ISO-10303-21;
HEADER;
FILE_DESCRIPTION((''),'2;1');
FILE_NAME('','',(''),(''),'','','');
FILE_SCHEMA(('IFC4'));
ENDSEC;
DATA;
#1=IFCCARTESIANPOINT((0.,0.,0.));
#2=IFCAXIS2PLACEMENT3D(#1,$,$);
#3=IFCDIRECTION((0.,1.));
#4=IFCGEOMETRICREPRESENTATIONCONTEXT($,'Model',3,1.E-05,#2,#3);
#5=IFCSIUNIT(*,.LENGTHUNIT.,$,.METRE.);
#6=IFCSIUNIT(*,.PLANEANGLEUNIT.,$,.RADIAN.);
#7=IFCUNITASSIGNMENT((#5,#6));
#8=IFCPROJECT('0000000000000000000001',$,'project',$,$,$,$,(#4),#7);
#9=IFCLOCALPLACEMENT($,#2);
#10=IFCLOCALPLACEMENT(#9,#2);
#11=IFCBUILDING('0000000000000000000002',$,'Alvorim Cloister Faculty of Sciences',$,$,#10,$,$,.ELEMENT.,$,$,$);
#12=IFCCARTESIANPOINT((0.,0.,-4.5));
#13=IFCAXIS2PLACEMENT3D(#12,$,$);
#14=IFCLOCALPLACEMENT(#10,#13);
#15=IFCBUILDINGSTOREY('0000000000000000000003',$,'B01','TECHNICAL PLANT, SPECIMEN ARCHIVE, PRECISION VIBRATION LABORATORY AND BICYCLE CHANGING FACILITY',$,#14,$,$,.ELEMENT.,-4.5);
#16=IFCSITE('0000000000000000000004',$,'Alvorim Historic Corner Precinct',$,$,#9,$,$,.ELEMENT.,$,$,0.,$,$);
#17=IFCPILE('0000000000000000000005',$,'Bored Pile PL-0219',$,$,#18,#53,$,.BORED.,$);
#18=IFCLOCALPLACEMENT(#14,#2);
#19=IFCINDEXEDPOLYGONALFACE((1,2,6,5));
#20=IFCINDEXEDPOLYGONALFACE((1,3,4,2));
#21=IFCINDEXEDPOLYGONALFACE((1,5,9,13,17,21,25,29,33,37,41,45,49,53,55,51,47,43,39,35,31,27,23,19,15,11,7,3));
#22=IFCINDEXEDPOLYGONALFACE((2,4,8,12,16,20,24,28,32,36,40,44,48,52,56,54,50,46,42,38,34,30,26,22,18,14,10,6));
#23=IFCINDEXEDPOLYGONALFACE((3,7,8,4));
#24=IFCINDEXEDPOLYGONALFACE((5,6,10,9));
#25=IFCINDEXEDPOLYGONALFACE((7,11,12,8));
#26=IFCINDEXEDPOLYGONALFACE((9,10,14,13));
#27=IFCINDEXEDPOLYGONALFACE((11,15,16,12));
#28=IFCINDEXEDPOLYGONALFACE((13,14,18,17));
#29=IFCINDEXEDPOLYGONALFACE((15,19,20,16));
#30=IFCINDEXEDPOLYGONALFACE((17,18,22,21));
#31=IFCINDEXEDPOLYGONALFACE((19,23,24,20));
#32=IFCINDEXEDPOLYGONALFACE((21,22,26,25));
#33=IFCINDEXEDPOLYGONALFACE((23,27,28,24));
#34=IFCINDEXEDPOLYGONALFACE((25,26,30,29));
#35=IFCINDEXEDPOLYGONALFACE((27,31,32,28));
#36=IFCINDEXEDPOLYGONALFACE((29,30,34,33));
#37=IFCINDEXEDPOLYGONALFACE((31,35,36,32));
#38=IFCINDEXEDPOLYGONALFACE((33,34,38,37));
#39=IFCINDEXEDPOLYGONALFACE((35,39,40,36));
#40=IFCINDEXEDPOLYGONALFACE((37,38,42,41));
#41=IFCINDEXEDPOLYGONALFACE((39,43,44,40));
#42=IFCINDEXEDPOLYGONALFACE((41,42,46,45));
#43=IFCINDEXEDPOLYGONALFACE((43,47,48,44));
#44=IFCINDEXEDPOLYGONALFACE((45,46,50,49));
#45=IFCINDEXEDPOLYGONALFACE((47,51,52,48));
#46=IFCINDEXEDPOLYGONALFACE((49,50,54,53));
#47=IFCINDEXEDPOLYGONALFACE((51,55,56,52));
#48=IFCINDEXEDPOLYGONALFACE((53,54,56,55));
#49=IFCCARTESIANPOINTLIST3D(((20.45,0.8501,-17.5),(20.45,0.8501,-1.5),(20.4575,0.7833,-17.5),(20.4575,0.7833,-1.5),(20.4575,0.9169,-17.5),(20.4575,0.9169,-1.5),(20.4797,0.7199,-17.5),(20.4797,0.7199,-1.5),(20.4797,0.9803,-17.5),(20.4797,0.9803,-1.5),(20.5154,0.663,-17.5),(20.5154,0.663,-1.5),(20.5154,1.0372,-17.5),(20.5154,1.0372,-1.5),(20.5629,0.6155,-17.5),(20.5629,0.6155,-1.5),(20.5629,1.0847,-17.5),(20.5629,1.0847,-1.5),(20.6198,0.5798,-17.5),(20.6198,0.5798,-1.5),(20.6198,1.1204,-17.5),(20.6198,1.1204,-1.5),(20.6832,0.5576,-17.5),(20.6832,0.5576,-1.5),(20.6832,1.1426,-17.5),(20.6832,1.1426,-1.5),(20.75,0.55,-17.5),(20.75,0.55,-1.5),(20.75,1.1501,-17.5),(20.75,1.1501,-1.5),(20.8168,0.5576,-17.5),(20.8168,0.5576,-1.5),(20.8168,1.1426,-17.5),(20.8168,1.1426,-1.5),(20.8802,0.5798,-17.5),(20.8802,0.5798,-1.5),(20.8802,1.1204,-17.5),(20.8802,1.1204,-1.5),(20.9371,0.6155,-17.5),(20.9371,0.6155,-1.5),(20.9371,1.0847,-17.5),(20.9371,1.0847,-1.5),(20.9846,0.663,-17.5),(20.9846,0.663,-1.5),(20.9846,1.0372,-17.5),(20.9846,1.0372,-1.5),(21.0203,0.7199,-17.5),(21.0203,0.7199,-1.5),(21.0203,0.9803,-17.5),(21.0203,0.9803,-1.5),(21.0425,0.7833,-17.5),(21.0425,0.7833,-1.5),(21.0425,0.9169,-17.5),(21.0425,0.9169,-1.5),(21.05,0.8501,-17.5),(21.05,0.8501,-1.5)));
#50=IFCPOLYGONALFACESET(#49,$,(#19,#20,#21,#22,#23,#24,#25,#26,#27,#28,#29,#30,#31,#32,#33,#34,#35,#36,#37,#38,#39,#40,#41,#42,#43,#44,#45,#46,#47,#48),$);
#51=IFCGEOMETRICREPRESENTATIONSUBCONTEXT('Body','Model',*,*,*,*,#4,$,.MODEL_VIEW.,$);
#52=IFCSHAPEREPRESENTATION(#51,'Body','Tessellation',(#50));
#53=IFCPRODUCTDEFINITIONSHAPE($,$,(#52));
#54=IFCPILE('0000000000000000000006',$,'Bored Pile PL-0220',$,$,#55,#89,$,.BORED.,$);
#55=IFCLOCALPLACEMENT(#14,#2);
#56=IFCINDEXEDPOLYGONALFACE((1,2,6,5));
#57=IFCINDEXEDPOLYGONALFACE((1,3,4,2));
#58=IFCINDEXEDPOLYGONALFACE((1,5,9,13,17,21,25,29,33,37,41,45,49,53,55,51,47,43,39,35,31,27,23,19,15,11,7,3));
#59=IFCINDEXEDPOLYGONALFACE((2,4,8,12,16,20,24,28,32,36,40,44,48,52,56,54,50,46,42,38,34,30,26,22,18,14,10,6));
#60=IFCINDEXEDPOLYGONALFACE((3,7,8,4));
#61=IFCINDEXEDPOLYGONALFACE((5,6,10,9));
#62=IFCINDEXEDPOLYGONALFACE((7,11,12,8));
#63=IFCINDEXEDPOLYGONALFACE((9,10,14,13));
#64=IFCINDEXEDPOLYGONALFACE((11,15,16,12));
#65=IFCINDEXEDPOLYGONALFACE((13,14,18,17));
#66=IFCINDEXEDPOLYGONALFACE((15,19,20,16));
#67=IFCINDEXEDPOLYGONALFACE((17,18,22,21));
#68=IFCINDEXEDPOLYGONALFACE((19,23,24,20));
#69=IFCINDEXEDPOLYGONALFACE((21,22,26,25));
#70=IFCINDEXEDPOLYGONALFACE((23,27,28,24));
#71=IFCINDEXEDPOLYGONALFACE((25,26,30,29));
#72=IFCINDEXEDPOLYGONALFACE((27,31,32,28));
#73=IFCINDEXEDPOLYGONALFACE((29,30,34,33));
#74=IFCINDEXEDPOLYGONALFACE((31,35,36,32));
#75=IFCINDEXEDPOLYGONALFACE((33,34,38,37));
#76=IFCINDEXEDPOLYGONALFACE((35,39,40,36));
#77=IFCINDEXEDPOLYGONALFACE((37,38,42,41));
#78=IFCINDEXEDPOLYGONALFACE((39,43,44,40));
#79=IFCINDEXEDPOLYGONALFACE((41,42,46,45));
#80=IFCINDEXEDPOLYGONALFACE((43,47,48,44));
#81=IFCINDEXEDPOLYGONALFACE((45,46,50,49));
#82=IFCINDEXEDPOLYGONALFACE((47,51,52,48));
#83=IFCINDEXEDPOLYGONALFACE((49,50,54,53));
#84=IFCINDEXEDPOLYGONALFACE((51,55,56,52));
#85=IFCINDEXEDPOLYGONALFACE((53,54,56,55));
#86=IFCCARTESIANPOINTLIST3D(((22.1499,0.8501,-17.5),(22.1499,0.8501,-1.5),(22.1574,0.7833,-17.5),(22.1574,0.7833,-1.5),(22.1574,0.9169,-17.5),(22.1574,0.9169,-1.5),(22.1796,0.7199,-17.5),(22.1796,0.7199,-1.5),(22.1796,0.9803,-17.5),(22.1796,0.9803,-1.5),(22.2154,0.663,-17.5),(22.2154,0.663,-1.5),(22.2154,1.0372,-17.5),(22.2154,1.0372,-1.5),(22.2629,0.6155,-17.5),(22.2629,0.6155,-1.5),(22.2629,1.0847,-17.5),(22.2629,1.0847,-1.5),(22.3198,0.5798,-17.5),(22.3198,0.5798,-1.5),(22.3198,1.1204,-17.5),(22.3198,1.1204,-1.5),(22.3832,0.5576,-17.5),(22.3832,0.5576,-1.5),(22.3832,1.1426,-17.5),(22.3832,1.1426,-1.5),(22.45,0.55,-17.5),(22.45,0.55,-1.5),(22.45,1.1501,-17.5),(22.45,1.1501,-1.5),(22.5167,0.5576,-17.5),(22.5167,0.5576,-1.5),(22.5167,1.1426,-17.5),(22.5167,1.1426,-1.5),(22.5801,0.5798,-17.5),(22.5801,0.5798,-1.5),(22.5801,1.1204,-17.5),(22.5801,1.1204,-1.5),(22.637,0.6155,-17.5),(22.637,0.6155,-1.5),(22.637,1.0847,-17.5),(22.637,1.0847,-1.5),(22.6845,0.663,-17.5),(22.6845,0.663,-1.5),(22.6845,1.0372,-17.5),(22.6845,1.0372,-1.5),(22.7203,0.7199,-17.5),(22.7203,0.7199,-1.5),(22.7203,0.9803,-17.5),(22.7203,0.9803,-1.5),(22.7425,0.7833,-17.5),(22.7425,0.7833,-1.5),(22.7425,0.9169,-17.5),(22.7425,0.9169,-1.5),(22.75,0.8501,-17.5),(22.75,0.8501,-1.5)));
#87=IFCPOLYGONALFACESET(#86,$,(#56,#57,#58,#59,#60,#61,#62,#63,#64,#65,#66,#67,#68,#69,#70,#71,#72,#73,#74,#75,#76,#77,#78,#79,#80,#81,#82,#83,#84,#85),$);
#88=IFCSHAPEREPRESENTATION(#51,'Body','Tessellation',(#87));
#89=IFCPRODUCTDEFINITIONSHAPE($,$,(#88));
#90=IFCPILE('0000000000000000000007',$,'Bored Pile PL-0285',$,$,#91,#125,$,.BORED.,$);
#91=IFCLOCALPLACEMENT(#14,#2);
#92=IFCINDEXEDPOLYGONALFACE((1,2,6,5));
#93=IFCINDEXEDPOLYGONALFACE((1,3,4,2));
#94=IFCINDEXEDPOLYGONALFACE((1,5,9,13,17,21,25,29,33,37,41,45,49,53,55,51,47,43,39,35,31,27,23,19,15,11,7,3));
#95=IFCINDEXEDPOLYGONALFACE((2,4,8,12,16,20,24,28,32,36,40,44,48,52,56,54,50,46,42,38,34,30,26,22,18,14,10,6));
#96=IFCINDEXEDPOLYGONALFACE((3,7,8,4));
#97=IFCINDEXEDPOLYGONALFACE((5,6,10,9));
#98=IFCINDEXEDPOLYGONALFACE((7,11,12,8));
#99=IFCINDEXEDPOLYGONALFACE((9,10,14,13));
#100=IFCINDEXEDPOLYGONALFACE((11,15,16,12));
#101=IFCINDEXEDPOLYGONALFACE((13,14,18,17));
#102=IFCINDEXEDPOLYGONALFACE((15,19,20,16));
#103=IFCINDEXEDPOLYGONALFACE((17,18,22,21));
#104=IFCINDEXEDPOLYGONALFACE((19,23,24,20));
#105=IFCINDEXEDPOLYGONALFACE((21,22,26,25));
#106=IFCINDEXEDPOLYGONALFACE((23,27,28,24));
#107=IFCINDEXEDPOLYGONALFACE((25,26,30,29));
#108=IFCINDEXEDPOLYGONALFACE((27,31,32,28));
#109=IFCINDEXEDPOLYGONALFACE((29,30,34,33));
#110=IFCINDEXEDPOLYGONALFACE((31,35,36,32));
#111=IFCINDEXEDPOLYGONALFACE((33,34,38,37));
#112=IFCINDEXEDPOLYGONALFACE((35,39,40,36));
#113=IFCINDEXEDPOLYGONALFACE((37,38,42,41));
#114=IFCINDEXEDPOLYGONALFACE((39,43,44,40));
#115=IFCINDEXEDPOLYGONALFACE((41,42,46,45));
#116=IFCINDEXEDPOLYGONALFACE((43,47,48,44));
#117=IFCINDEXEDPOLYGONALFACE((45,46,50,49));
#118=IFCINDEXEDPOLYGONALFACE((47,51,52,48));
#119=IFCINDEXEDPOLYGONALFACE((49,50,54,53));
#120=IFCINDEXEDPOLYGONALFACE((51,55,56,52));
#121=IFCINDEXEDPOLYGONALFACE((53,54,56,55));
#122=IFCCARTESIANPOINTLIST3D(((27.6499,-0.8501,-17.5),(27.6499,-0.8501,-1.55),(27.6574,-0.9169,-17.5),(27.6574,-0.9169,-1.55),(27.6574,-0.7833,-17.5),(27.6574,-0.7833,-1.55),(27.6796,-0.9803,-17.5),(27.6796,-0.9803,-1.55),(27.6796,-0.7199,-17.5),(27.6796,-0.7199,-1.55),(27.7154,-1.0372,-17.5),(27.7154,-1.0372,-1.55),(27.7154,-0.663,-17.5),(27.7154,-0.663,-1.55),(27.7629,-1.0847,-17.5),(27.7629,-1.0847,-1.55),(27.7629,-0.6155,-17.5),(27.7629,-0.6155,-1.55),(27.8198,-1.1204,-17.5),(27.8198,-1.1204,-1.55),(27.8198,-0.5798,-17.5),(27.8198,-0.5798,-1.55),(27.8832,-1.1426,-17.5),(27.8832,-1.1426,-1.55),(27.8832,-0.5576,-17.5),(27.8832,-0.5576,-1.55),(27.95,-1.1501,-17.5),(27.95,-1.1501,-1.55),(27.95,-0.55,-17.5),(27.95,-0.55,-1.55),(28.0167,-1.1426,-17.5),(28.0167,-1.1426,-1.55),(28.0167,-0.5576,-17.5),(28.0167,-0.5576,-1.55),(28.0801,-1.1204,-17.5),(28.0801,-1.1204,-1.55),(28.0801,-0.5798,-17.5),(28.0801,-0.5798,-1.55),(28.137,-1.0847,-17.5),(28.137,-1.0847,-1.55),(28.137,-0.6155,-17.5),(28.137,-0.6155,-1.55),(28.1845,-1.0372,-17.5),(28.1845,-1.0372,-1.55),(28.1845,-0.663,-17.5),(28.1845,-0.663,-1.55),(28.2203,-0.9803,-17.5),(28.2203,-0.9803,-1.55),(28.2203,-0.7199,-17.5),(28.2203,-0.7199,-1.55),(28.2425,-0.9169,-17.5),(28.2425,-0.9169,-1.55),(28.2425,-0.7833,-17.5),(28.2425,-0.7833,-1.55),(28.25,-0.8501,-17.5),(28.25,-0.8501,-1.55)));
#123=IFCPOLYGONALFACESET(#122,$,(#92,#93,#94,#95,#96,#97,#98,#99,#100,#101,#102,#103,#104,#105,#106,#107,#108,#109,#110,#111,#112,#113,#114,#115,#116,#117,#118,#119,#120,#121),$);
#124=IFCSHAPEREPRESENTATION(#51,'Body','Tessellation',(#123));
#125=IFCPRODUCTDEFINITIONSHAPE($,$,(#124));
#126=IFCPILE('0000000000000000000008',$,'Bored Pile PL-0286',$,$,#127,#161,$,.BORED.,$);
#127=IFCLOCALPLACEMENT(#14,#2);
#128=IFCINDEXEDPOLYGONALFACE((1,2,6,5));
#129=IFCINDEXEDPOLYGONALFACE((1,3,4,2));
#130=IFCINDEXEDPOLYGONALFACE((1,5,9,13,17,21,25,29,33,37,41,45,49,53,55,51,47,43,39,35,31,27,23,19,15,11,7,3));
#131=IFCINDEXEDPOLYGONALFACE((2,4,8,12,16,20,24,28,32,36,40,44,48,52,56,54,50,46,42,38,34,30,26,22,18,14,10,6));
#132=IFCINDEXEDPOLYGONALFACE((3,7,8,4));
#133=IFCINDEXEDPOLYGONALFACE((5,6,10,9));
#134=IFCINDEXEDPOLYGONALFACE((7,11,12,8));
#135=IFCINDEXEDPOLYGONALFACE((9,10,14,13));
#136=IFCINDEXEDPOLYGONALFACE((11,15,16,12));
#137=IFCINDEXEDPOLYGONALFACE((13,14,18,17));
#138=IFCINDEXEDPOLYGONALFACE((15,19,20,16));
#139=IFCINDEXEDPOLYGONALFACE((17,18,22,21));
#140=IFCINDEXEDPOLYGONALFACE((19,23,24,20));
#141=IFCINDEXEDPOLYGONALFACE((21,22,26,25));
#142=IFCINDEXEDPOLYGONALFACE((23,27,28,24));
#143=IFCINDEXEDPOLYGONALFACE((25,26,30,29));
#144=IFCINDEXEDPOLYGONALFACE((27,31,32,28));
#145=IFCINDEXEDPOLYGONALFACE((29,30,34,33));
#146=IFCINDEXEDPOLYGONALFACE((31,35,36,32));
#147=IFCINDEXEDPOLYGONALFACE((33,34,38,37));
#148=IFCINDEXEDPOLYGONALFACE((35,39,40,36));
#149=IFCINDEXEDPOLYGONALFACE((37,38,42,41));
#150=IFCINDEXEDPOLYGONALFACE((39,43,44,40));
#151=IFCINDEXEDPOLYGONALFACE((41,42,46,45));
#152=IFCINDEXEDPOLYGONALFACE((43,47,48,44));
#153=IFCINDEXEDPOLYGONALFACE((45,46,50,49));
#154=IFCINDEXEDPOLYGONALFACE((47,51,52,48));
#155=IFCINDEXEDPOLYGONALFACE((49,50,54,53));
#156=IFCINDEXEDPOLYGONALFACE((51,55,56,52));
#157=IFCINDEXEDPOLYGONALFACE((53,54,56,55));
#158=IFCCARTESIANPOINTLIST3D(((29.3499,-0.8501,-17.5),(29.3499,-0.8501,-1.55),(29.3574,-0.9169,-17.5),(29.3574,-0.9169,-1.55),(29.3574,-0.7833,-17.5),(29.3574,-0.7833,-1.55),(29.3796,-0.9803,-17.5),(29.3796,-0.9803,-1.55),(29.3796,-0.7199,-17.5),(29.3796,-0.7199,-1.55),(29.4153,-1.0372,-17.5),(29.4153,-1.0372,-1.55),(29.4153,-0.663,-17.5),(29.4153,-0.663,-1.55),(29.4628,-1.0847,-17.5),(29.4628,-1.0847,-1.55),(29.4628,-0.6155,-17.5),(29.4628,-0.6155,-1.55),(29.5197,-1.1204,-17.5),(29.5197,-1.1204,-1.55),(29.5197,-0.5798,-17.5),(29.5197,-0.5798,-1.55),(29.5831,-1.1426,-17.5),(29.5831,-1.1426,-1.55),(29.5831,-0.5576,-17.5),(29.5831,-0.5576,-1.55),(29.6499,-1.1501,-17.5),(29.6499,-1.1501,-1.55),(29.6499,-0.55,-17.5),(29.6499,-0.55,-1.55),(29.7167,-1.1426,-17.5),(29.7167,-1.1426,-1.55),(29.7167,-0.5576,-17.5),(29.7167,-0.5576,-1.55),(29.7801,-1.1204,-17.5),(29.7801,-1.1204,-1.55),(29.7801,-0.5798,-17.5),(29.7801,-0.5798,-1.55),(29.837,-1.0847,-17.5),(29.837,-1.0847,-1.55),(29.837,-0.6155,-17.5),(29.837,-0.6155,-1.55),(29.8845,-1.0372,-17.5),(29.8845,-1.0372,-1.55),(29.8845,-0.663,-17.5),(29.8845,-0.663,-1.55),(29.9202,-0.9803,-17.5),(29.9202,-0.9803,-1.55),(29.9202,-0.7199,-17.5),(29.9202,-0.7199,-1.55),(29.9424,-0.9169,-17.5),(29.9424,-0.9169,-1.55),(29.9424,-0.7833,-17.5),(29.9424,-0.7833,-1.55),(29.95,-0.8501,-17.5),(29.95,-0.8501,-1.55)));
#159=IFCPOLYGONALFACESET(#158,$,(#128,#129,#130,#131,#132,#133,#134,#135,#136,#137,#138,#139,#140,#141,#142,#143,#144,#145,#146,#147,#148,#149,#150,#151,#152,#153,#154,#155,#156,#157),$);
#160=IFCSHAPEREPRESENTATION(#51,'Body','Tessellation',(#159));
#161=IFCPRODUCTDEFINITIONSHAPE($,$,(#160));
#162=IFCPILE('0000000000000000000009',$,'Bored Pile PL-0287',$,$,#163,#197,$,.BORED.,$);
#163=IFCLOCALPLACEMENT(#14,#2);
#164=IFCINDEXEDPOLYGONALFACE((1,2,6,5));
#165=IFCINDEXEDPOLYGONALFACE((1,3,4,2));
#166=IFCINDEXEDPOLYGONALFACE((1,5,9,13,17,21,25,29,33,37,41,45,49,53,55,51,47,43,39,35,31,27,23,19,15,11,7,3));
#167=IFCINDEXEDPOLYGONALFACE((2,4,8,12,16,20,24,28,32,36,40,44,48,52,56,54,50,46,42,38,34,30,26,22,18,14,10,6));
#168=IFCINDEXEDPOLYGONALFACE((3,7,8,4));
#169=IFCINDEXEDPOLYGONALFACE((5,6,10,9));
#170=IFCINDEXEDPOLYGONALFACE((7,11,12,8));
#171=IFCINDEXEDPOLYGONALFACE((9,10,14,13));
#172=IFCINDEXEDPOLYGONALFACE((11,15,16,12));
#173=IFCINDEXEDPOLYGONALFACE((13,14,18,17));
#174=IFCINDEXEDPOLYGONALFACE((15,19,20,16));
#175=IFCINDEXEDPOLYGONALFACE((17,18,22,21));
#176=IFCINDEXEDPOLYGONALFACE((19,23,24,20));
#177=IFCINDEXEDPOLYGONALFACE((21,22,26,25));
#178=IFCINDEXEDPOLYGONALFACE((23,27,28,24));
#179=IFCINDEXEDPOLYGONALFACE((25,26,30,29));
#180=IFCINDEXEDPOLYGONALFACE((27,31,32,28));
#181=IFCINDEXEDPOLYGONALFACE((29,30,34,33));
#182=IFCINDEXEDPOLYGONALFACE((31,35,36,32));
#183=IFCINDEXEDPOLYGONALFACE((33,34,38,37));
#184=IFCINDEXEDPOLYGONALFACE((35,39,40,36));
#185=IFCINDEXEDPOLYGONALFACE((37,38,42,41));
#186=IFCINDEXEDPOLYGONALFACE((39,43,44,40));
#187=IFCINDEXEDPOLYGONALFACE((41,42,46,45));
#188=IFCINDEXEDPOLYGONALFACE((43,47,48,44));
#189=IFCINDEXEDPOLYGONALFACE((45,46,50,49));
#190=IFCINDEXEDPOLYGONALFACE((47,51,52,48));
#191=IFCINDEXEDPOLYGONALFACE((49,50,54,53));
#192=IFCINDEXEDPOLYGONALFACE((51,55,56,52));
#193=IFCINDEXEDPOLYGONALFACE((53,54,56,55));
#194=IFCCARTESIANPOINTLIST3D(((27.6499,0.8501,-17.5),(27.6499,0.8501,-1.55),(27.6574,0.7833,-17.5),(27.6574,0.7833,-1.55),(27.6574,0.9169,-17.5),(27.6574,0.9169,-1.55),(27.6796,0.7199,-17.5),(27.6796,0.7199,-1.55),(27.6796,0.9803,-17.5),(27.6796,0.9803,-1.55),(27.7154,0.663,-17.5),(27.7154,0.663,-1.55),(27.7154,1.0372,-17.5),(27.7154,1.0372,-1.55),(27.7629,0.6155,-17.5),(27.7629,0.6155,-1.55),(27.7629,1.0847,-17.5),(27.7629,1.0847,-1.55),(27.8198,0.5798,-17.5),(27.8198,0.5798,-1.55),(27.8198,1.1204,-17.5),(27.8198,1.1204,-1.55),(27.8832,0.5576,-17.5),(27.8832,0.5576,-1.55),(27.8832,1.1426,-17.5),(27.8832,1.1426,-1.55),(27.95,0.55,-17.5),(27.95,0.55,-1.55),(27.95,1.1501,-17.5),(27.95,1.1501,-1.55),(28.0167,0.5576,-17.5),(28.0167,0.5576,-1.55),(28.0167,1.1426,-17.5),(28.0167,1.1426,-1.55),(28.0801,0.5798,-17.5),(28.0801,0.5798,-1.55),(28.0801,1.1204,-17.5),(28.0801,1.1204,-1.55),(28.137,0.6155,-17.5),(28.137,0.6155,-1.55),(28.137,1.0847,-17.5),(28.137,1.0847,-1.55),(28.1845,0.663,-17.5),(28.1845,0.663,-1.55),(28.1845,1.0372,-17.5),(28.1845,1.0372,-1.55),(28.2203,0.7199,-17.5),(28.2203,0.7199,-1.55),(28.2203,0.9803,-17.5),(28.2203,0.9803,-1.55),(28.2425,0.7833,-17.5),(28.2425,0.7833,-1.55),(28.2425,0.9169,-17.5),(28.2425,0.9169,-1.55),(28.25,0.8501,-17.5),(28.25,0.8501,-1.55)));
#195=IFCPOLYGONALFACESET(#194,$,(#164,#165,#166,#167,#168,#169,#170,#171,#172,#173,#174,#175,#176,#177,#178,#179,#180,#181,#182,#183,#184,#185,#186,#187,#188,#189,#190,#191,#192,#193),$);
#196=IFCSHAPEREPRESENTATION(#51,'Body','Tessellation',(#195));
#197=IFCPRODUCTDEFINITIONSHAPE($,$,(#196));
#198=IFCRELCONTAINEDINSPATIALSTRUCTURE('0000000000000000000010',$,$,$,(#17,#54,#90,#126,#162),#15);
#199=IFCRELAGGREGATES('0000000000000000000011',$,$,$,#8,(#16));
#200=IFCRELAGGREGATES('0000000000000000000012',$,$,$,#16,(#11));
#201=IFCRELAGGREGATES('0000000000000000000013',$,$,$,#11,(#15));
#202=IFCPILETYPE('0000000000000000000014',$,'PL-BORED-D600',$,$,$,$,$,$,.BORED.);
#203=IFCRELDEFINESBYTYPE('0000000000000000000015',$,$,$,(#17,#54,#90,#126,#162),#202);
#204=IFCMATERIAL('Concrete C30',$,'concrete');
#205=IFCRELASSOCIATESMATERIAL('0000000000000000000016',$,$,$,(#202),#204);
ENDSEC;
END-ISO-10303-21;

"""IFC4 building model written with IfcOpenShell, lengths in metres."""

from ifc_helpers import new_model, si_unit, direction, frame, origin, origin_2d, place, context, subcontext, project, spatial, circle, extrude, material, material_profile, profile_set, type_object, element, save


model = new_model("IFC4")

# Units and contexts
model_context = context("Model", 3, precision=1e-05, world=origin(), true_north=direction((0.0, 1.0)))
body_context = subcontext(model_context, "Body", "Model", "MODEL_VIEW")
ifc_project = project(units=[si_unit("LENGTHUNIT", "METRE"), si_unit("PLANEANGLEUNIT", "RADIAN")], contexts=[model_context])

# Site, building, storey
site_placement = place(None, origin())
site = spatial("IfcSite", under=ifc_project, at=site_placement, Name="Alvorim Historic Corner Precinct", CompositionType="ELEMENT", RefElevation=0.0)
building_placement = place(site_placement, origin())
building = spatial("IfcBuilding", under=site, at=building_placement, Name="Alvorim Cloister Faculty of Sciences", CompositionType="ELEMENT")
storey_placement = place(building_placement, frame((0.0, 0.0, -4.5)))
storey = spatial("IfcBuildingStorey", under=building, at=storey_placement, Name="B01", Description="TECHNICAL PLANT, SPECIMEN ARCHIVE, PRECISION VIBRATION LABORATORY AND BICYCLE CHANGING FACILITY", CompositionType="ELEMENT", Elevation=-4.5)

# Piles
ifc_material_1 = material(Name="Concrete C30", Category="concrete")
ifc_material_profile_1 = material_profile(ifc_material_1, circle(Radius=0.3, at=origin_2d()), Name="PILE-D600")
ifc_profile_set_1 = profile_set([ifc_material_profile_1], Name="Concrete C30")
pile_type_1 = type_object("IfcPileType", Name="PL-BORED-D600", PredefinedType="BORED", material=ifc_profile_set_1)
for number, where, z_axis, x_axis, name in (
    (1, (20.75, 0.8501, -1.5), (0.0, 0.0, -1.0), (1.0, 0.0, 0.0), "Bored Pile PL-0219"),
    (2, (22.45, 0.8501, -1.5), (0.0, 0.0, -1.0), (1.0, 0.0, 0.0), "Bored Pile PL-0220"),
):
    element("IfcPile", number, at=place(storey_placement, frame(where, z_axis=z_axis, x_axis=x_axis)), inside=storey, type_object=pile_type_1, Name=name, PredefinedType="BORED", context=body_context, shape_type="SweptSolid", body=[
        extrude(circle(Radius=0.3, at=origin_2d()), origin(), (0.0, 0.0, 1.0), 16.0),
    ])
for number, where, z_axis, x_axis, name in (
    (3, (27.95, -0.8501, -1.55), (0.0, 0.0, -1.0), (1.0, 0.0, 0.0), "Bored Pile PL-0285"),
    (4, (29.6499, -0.8501, -1.55), (0.0, 0.0, -1.0), (1.0, 0.0, 0.0), "Bored Pile PL-0286"),
    (5, (27.95, 0.8501, -1.55), (0.0, 0.0, -1.0), (1.0, 0.0, 0.0), "Bored Pile PL-0287"),
):
    element("IfcPile", number, at=place(storey_placement, frame(where, z_axis=z_axis, x_axis=x_axis)), inside=storey, type_object=pile_type_1, Name=name, PredefinedType="BORED", context=body_context, shape_type="SweptSolid", body=[
        extrude(circle(Radius=0.3, at=origin_2d()), origin(), (0.0, 0.0, 1.0), 15.95),
    ])

save(model, "model.ifc")
